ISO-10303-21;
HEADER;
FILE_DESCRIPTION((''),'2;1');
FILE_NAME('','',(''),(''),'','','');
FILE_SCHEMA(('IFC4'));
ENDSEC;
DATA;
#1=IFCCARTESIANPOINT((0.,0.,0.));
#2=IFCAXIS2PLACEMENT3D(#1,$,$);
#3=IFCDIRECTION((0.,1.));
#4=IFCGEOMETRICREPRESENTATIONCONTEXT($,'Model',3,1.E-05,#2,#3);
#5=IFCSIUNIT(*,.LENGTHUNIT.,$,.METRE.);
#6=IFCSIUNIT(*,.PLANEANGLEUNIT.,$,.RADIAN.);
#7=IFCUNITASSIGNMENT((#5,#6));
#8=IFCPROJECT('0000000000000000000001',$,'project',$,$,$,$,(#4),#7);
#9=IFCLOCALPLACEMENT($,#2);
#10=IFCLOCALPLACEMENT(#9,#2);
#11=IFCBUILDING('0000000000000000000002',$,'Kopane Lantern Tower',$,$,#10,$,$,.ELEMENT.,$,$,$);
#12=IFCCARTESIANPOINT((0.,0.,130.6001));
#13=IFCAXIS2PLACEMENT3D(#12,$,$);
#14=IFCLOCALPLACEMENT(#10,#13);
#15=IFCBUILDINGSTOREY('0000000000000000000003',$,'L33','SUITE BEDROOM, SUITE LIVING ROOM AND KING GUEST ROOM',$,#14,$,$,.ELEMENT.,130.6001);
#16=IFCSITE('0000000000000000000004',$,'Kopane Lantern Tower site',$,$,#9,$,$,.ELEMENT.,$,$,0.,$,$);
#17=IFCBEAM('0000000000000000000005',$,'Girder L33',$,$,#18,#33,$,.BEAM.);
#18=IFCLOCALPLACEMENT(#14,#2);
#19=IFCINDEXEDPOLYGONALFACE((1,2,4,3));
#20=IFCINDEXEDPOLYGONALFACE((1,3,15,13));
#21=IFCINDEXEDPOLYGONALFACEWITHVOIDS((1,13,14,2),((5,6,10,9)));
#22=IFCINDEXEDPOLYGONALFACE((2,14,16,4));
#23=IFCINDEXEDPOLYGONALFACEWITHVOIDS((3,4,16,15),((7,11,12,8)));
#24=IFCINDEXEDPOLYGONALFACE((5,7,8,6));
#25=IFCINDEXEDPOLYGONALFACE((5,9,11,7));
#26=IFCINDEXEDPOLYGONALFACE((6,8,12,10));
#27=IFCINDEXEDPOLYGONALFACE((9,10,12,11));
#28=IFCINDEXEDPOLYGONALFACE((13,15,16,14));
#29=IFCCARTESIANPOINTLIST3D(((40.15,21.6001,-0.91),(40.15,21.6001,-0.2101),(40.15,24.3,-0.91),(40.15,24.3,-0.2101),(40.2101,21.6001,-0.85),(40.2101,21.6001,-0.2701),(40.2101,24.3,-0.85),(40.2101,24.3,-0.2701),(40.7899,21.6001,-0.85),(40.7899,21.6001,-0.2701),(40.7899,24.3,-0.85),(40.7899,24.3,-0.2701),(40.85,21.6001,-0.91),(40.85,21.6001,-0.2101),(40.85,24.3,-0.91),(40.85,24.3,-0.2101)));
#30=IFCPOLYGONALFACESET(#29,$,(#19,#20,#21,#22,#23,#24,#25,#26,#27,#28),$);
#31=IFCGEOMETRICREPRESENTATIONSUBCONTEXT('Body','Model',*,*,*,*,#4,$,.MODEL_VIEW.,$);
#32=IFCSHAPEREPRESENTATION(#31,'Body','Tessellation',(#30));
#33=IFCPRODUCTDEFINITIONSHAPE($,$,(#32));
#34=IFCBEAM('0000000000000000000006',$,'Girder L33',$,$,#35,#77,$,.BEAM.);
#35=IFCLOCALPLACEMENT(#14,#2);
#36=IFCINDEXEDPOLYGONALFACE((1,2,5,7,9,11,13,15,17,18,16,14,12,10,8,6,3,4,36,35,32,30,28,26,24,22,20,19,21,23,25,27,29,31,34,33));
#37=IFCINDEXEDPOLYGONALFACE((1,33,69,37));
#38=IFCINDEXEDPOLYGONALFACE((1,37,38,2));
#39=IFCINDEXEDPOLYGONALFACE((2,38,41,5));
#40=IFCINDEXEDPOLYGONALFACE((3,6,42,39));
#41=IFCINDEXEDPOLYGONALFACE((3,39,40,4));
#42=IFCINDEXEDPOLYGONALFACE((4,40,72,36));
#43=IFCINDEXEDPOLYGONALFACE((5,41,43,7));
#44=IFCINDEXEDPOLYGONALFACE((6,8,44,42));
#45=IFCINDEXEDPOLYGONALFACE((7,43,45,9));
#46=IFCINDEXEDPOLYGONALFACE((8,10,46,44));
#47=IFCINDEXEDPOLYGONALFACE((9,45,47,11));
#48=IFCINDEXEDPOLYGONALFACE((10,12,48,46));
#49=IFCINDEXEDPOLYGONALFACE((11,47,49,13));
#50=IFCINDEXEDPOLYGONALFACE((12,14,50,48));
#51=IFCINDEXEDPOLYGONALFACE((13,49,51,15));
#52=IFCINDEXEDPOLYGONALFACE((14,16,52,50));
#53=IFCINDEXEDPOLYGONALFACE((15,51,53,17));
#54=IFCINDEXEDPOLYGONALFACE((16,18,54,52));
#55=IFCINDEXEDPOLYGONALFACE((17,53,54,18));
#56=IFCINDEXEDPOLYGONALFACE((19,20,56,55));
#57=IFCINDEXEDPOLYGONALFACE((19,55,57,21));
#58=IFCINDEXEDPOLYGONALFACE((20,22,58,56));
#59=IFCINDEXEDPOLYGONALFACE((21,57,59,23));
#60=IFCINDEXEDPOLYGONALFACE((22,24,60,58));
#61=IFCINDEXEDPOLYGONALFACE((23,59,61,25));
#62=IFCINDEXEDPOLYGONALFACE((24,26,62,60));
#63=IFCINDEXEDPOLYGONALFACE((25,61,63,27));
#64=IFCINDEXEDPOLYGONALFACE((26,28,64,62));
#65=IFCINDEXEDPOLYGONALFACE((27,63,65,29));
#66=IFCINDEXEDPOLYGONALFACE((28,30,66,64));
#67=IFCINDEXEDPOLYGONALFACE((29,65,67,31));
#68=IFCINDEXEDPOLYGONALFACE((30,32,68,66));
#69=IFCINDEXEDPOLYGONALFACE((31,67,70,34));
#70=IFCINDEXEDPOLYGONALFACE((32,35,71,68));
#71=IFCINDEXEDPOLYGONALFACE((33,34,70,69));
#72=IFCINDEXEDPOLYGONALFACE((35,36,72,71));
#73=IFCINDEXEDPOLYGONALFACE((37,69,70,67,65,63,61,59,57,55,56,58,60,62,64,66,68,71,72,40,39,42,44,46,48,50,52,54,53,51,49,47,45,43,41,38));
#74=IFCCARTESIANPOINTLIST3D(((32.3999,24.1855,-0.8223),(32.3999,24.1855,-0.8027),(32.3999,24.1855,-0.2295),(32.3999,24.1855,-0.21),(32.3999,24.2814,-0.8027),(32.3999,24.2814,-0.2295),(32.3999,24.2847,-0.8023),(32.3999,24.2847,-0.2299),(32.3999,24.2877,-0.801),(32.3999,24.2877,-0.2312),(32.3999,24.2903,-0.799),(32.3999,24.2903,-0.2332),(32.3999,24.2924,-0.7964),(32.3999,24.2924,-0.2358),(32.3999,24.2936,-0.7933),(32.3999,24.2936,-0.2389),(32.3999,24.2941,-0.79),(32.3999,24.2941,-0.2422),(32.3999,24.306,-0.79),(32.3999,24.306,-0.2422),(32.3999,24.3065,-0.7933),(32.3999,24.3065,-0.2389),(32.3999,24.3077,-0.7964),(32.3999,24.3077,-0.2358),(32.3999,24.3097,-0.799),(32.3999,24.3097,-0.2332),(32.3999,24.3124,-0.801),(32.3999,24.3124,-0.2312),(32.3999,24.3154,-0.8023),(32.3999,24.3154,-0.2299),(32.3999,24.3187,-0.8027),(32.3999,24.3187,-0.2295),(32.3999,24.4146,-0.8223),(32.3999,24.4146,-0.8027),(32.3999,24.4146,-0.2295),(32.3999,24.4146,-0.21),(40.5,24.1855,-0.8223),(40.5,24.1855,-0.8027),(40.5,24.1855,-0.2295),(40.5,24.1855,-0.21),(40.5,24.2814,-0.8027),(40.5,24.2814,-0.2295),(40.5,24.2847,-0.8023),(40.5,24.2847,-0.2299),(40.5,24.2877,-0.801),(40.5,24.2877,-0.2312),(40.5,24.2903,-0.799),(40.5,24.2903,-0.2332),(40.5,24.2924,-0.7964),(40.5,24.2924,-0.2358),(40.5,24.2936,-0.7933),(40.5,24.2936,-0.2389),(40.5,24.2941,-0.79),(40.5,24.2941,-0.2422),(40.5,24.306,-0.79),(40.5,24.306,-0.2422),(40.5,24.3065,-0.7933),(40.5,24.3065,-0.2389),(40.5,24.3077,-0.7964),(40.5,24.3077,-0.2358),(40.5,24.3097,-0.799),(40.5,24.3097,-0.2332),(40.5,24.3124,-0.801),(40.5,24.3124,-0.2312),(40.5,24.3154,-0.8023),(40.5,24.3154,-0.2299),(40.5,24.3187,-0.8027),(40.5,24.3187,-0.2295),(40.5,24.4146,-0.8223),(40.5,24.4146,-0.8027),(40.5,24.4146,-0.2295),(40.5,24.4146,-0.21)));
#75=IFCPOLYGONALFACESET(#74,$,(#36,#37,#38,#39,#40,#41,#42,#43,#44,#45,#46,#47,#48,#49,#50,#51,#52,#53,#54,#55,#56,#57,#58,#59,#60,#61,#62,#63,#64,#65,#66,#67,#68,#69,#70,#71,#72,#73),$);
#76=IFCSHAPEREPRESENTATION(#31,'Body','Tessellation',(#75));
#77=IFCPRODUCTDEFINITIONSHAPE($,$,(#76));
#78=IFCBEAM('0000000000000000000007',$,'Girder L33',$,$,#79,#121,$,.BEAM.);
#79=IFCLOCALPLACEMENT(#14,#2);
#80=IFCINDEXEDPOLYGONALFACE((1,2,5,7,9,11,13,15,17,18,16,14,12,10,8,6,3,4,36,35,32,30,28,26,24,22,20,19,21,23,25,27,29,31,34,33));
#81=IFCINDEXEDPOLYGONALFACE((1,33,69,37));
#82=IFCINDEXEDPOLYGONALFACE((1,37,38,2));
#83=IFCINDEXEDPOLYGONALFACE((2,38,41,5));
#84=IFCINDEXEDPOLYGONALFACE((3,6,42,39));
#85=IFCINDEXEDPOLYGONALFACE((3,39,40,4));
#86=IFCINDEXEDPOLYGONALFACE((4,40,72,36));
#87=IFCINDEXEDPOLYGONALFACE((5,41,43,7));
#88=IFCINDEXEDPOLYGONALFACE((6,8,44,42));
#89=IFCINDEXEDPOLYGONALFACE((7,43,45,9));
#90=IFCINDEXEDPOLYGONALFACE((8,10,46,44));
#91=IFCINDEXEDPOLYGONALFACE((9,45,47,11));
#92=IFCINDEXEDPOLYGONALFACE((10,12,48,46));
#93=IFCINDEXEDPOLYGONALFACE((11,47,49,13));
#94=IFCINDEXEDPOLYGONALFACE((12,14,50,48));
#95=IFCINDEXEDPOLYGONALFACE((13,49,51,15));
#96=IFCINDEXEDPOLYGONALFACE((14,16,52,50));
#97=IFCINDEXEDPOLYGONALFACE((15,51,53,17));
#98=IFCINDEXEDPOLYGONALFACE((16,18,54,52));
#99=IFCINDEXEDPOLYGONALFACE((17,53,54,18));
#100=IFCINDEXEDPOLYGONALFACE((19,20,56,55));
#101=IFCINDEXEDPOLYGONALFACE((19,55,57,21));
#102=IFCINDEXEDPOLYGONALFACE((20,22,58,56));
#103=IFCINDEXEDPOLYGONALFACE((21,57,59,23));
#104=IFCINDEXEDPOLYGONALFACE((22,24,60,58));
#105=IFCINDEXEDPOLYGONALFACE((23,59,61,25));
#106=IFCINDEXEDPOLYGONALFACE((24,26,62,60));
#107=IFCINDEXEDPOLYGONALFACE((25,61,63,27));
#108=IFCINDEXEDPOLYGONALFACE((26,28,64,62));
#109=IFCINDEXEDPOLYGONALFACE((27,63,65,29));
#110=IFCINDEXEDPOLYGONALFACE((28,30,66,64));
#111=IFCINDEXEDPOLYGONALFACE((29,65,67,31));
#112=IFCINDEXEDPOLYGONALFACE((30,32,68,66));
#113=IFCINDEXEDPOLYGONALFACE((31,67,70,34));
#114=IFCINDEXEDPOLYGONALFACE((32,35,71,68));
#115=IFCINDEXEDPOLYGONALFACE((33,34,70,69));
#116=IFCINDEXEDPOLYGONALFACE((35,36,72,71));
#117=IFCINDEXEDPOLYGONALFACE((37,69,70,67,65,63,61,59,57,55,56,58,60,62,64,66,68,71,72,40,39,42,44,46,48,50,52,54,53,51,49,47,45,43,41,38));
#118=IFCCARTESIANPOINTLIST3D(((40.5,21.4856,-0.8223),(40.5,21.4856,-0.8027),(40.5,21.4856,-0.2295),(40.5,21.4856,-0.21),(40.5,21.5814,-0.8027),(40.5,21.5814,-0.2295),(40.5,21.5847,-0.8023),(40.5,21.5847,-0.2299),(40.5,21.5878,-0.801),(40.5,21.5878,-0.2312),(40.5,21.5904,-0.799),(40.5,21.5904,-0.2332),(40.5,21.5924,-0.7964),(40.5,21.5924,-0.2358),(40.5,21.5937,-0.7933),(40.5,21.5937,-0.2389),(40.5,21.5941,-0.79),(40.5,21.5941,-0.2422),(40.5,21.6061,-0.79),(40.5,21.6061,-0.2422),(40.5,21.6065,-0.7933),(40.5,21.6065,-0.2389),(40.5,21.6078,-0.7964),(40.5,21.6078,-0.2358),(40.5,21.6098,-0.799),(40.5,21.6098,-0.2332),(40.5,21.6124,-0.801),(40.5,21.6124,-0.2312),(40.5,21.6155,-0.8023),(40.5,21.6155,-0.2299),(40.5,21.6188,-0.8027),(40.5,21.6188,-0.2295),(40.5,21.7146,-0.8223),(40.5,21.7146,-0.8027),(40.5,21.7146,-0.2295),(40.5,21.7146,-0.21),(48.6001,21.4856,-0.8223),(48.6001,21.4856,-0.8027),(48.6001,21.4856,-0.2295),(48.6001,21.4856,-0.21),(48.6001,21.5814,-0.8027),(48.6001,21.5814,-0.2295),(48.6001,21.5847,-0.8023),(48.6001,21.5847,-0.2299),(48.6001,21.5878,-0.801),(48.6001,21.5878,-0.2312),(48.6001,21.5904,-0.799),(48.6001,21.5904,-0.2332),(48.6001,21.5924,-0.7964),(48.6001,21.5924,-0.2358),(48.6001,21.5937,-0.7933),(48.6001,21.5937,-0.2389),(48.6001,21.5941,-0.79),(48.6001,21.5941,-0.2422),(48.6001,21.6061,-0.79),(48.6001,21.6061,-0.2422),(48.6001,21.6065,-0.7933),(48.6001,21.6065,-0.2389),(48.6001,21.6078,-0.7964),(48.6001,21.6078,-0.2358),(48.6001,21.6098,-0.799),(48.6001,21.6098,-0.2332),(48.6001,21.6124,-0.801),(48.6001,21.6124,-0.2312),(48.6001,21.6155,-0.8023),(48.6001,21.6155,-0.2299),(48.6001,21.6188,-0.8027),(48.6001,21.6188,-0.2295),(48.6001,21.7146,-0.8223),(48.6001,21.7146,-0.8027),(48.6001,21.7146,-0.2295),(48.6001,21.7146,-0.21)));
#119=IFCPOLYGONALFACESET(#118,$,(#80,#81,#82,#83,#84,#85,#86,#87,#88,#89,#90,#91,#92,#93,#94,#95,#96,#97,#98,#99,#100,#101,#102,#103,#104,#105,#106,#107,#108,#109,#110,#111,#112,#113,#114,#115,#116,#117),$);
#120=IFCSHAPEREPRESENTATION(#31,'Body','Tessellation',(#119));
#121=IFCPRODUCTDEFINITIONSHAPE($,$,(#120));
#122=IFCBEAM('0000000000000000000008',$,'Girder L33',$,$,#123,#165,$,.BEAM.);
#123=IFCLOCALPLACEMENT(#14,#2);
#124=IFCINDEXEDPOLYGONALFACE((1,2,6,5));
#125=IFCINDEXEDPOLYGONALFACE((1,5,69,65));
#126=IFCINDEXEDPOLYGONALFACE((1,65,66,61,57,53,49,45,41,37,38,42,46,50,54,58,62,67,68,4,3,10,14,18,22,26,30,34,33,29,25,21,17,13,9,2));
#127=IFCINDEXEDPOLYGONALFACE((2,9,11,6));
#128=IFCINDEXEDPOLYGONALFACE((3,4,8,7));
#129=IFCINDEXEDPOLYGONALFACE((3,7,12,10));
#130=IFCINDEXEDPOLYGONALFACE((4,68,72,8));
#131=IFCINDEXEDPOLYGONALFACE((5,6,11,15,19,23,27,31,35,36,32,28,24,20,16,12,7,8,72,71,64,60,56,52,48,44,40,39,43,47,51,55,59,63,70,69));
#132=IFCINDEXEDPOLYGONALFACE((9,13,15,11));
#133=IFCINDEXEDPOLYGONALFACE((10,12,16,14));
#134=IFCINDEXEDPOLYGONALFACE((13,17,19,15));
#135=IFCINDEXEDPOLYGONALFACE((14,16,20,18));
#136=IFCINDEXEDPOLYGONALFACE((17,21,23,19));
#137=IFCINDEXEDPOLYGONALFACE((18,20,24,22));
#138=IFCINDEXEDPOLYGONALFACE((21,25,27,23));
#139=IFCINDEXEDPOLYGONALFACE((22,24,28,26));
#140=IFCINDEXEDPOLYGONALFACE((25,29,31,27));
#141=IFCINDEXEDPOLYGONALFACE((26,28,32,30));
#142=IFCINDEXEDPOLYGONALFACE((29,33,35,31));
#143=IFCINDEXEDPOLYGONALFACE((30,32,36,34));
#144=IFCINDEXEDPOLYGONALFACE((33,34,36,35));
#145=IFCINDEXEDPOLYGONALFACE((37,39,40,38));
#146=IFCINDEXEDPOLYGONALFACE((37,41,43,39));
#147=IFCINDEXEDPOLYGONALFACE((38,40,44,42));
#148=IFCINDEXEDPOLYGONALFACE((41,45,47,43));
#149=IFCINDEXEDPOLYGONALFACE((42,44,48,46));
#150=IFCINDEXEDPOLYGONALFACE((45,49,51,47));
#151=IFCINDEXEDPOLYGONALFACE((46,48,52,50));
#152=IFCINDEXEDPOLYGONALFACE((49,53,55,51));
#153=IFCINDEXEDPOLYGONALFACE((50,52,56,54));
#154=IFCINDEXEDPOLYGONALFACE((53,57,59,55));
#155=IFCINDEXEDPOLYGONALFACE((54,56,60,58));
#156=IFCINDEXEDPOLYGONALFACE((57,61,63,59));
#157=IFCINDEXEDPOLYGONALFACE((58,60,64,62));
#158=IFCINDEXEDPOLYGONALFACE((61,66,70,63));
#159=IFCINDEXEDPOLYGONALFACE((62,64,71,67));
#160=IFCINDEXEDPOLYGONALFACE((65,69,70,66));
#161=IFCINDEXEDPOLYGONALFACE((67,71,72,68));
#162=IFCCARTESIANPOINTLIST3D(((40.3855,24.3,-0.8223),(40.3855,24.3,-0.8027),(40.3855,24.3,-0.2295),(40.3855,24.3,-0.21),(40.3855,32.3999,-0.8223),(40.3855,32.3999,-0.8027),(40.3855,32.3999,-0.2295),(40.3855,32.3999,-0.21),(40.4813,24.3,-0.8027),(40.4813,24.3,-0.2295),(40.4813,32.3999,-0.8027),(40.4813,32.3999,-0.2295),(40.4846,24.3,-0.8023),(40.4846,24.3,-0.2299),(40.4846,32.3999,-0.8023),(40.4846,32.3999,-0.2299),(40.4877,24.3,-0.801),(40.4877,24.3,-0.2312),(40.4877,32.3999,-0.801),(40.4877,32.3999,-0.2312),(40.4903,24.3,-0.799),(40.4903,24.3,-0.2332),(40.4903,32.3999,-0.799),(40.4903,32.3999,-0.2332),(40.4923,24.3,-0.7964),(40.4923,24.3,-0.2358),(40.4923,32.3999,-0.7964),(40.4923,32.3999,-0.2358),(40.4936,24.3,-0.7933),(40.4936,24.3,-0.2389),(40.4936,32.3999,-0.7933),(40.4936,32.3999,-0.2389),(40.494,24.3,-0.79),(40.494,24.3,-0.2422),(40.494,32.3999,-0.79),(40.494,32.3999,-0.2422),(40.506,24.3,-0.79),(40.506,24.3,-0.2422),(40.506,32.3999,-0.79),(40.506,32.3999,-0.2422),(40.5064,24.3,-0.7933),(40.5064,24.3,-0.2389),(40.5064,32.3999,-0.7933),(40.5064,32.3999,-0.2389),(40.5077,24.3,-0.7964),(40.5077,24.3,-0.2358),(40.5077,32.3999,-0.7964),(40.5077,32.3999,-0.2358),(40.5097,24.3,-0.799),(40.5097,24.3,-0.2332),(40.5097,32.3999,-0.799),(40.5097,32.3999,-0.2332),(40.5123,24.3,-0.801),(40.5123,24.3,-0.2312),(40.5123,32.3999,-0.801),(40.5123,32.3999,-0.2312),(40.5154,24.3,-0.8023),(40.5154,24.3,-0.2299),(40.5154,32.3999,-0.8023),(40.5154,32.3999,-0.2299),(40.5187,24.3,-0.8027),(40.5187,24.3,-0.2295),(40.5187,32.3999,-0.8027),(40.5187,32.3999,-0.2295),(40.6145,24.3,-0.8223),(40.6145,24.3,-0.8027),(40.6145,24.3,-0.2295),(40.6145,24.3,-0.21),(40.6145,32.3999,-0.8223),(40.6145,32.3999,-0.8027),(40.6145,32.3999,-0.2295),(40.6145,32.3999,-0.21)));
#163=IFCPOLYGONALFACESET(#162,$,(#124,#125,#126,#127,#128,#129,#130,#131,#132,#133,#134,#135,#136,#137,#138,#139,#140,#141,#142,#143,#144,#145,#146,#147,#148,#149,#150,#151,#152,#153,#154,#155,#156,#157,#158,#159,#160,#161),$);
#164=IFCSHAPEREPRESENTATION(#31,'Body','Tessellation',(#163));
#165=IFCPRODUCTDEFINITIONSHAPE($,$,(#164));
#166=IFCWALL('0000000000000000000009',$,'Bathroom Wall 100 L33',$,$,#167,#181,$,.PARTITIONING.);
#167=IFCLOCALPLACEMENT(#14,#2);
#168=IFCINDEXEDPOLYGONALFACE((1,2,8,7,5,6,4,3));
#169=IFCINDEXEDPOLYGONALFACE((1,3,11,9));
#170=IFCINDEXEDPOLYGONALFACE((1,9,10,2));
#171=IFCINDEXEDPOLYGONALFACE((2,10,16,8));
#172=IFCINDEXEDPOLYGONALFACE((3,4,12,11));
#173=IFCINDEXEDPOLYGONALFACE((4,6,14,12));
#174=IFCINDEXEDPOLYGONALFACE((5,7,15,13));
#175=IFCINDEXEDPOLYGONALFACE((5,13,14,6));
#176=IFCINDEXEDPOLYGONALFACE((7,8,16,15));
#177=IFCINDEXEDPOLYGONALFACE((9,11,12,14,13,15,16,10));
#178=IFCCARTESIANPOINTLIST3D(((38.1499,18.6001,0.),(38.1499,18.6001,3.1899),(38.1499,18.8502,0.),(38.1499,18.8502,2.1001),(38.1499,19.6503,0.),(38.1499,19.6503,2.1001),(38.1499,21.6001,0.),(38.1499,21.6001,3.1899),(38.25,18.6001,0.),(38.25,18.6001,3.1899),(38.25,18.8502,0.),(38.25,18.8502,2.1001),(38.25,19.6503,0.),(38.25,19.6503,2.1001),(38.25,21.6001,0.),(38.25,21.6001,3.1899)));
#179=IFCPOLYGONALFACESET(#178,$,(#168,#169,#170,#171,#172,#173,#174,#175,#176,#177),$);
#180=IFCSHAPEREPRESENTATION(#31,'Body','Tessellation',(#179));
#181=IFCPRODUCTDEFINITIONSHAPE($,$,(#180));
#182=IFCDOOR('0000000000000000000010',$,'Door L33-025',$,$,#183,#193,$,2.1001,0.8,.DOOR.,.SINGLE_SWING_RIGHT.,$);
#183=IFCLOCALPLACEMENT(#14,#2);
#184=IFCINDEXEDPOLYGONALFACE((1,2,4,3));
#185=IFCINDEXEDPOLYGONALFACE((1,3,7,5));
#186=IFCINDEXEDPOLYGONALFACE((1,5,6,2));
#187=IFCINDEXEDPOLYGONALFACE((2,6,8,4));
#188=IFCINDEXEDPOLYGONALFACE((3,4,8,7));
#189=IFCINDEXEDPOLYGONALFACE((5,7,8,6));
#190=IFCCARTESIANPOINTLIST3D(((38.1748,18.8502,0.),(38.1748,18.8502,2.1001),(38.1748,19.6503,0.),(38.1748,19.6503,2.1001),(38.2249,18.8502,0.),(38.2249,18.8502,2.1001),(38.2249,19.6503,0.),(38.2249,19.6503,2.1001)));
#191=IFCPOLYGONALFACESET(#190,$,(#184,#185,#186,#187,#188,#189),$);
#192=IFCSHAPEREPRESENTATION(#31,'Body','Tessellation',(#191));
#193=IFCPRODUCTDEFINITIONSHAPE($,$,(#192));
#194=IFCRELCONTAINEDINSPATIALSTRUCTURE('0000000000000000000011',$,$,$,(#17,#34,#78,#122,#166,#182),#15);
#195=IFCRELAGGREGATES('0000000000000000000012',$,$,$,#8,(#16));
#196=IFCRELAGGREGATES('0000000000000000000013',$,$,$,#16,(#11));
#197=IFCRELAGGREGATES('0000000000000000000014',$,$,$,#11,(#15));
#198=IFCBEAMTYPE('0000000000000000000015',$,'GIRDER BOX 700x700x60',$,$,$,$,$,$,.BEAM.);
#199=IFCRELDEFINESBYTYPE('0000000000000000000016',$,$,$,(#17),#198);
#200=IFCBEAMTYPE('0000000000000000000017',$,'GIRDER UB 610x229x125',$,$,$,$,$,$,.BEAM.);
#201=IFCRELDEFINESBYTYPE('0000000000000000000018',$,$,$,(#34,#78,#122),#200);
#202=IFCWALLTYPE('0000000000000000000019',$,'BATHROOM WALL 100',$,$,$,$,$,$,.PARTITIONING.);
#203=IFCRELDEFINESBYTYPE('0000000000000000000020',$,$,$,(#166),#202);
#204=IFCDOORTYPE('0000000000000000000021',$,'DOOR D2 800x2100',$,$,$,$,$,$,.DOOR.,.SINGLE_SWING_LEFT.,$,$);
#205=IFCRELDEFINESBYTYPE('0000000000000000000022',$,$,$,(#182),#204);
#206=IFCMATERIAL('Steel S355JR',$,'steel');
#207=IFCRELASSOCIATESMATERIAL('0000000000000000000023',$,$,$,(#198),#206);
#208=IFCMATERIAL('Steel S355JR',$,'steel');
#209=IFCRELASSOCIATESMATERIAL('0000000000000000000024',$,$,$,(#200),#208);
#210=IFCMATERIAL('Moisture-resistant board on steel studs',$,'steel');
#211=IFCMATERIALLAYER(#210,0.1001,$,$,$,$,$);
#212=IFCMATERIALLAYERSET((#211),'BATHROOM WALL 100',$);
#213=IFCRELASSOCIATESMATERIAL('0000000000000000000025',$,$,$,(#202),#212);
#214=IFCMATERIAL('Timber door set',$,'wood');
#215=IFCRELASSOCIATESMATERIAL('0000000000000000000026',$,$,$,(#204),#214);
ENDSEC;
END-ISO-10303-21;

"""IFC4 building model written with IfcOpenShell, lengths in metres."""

from ifc_helpers import new_model, si_unit, direction, frame, frame_2d, origin, origin_2d, place, context, subcontext, project, spatial, rectangle, hollow_rectangle, i_section, extrude, material, layer, layer_set, material_profile, profile_set, type_object, element, fill, save


model = new_model("IFC4")

# Units and contexts
model_context = context("Model", 3, precision=1e-05, world=origin(), true_north=direction((0.0, 1.0)))
body_context = subcontext(model_context, "Body", "Model", "MODEL_VIEW")
ifc_project = project(units=[si_unit("LENGTHUNIT", "METRE"), si_unit("PLANEANGLEUNIT", "RADIAN")], contexts=[model_context])

# Site, building, storey
site_placement = place(None, origin())
site = spatial("IfcSite", under=ifc_project, at=site_placement, Name="Kopane Lantern Tower site", CompositionType="ELEMENT", RefElevation=0.0)
building_placement = place(site_placement, origin())
building = spatial("IfcBuilding", under=site, at=building_placement, Name="Kopane Lantern Tower", CompositionType="ELEMENT")
storey_placement = place(building_placement, frame((0.0, 0.0, 130.6001)))
storey = spatial("IfcBuildingStorey", under=building, at=storey_placement, Name="L33", Description="SUITE BEDROOM, SUITE LIVING ROOM AND KING GUEST ROOM", CompositionType="ELEMENT", Elevation=130.6001)

# Beams
ifc_material_1 = material(Name="Steel S355JR", Category="steel")
ifc_material_profile_1 = material_profile(ifc_material_1, hollow_rectangle(XDim=0.7, YDim=0.7, WallThickness=0.0601, at=origin_2d()), Name="BOX 700x700x60")
ifc_profile_set_1 = profile_set([ifc_material_profile_1], Name="Steel S355JR")
beam_type_1 = type_object("IfcBeamType", Name="GIRDER BOX 700x700x60", PredefinedType="BEAM", material=ifc_profile_set_1)
beam_1_placement = place(storey_placement, frame((40.5, 21.6001, -0.5601), z_axis=(0.0, 1.0, 0.0), x_axis=(-1.0, 0.0, 0.0)))
element("IfcBeam", 1, at=beam_1_placement, inside=storey, type_object=beam_type_1, Name="Girder L33", PredefinedType="BEAM", context=body_context, shape_type="SweptSolid", body=[
    extrude(hollow_rectangle(XDim=0.7, YDim=0.7, WallThickness=0.0601, at=origin_2d()), origin(), (0.0, 0.0, 1.0), 2.7),
])
ifc_material_2 = material(Name="Steel S355JR", Category="steel")
ifc_material_profile_2 = material_profile(ifc_material_2, i_section(OverallWidth=0.229, OverallDepth=0.6123, WebThickness=0.012, FlangeThickness=0.0195, FilletRadius=0.0127, at=origin_2d()), Name="UB 610x229x125")
ifc_profile_set_2 = profile_set([ifc_material_profile_2], Name="Steel S355JR")
beam_type_2 = type_object("IfcBeamType", Name="GIRDER UB 610x229x125", PredefinedType="BEAM", material=ifc_profile_set_2)
for number, where, z_axis, x_axis, name in (
    (2, (32.3999, 24.3, -0.5161), (1.0, 0.0, 0.0), (0.0, 1.0, 0.0), "Girder L33"),
    (3, (40.5, 21.6001, -0.5161), (1.0, 0.0, 0.0), (0.0, 1.0, 0.0), "Girder L33"),
):
    element("IfcBeam", number, at=place(storey_placement, frame(where, z_axis=z_axis, x_axis=x_axis)), inside=storey, type_object=beam_type_2, Name=name, PredefinedType="BEAM", context=body_context, shape_type="SweptSolid", body=[
        extrude(i_section(OverallWidth=0.229, OverallDepth=0.6123, WebThickness=0.012, FlangeThickness=0.0195, FilletRadius=0.0127, at=origin_2d()), origin(), (0.0, 0.0, 1.0), 8.1001),
    ])
beam_2_placement = place(storey_placement, frame((40.5, 24.3, -0.5161), z_axis=(0.0, 1.0, 0.0), x_axis=(-1.0, 0.0, 0.0)))
element("IfcBeam", 4, at=beam_2_placement, inside=storey, type_object=beam_type_2, Name="Girder L33", PredefinedType="BEAM", context=body_context, shape_type="SweptSolid", body=[
    extrude(i_section(OverallWidth=0.229, OverallDepth=0.6123, WebThickness=0.012, FlangeThickness=0.0195, FilletRadius=0.0127, at=origin_2d()), origin(), (0.0, 0.0, 1.0), 8.0999),
])

# Wall, opening, door
ifc_material_3 = material(Name="Moisture-resistant board on steel studs", Category="steel")
ifc_layer_1 = layer(ifc_material_3, 0.1001)
ifc_layer_set_1 = layer_set([ifc_layer_1], Name="BATHROOM WALL 100")
wall_type_1 = type_object("IfcWallType", Name="BATHROOM WALL 100", PredefinedType="PARTITIONING", material=ifc_layer_set_1)
wall_1_placement = place(storey_placement, frame((38.2, 21.6001, 0.0), z_axis=(0.0, 0.0, 1.0), x_axis=(0.0, -1.0, 0.0)))
wall_1 = element("IfcWall", 5, at=wall_1_placement, inside=storey, type_object=wall_type_1, Name="Bathroom Wall 100 L33", PredefinedType="PARTITIONING", context=body_context, shape_type="SweptSolid", body=[
    extrude(rectangle(XDim=3.0, YDim=0.1001, at=frame_2d((1.5, 0.0))), origin(), (0.0, 0.0, 1.0), 3.1899),
])
opening_1_placement = place(wall_1_placement, frame((1.95, 0.0, 0.0)))
opening_1 = element("IfcOpeningElement", 6, at=opening_1_placement, cuts=wall_1, PredefinedType="OPENING", context=body_context, shape_type="SweptSolid", body=[
    extrude(rectangle(XDim=0.8, YDim=2.1001, at=frame_2d((0.3999, 1.05))), frame((0.0, 0.0601, 0.0), z_axis=(0.0, -1.0, 0.0), x_axis=(1.0, 0.0, 0.0)), (0.0, 0.0, 1.0), 0.1201),
])
ifc_material_4 = material(Name="Timber door set", Category="wood")
door_type_1 = type_object("IfcDoorType", Name="DOOR D2 800x2100", OperationType="SINGLE_SWING_LEFT", PredefinedType="DOOR", material=ifc_material_4)
door_1_placement = place(opening_1_placement, origin())
door_1 = element("IfcDoor", 7, at=door_1_placement, inside=storey, type_object=door_type_1, Name="Door L33-025", OperationType="SINGLE_SWING_RIGHT", OverallHeight=2.1001, OverallWidth=0.8, PredefinedType="DOOR", context=body_context, shape_type="SweptSolid", body=[
    extrude(rectangle(XDim=0.8, YDim=2.1001, at=frame_2d((0.3999, 1.05))), frame((0.0, 0.0249, 0.0), z_axis=(0.0, -1.0, 0.0), x_axis=(1.0, 0.0, 0.0)), (0.0, 0.0, 1.0), 0.05),
])
fill(opening_1, door_1)

save(model, "model.ifc")
